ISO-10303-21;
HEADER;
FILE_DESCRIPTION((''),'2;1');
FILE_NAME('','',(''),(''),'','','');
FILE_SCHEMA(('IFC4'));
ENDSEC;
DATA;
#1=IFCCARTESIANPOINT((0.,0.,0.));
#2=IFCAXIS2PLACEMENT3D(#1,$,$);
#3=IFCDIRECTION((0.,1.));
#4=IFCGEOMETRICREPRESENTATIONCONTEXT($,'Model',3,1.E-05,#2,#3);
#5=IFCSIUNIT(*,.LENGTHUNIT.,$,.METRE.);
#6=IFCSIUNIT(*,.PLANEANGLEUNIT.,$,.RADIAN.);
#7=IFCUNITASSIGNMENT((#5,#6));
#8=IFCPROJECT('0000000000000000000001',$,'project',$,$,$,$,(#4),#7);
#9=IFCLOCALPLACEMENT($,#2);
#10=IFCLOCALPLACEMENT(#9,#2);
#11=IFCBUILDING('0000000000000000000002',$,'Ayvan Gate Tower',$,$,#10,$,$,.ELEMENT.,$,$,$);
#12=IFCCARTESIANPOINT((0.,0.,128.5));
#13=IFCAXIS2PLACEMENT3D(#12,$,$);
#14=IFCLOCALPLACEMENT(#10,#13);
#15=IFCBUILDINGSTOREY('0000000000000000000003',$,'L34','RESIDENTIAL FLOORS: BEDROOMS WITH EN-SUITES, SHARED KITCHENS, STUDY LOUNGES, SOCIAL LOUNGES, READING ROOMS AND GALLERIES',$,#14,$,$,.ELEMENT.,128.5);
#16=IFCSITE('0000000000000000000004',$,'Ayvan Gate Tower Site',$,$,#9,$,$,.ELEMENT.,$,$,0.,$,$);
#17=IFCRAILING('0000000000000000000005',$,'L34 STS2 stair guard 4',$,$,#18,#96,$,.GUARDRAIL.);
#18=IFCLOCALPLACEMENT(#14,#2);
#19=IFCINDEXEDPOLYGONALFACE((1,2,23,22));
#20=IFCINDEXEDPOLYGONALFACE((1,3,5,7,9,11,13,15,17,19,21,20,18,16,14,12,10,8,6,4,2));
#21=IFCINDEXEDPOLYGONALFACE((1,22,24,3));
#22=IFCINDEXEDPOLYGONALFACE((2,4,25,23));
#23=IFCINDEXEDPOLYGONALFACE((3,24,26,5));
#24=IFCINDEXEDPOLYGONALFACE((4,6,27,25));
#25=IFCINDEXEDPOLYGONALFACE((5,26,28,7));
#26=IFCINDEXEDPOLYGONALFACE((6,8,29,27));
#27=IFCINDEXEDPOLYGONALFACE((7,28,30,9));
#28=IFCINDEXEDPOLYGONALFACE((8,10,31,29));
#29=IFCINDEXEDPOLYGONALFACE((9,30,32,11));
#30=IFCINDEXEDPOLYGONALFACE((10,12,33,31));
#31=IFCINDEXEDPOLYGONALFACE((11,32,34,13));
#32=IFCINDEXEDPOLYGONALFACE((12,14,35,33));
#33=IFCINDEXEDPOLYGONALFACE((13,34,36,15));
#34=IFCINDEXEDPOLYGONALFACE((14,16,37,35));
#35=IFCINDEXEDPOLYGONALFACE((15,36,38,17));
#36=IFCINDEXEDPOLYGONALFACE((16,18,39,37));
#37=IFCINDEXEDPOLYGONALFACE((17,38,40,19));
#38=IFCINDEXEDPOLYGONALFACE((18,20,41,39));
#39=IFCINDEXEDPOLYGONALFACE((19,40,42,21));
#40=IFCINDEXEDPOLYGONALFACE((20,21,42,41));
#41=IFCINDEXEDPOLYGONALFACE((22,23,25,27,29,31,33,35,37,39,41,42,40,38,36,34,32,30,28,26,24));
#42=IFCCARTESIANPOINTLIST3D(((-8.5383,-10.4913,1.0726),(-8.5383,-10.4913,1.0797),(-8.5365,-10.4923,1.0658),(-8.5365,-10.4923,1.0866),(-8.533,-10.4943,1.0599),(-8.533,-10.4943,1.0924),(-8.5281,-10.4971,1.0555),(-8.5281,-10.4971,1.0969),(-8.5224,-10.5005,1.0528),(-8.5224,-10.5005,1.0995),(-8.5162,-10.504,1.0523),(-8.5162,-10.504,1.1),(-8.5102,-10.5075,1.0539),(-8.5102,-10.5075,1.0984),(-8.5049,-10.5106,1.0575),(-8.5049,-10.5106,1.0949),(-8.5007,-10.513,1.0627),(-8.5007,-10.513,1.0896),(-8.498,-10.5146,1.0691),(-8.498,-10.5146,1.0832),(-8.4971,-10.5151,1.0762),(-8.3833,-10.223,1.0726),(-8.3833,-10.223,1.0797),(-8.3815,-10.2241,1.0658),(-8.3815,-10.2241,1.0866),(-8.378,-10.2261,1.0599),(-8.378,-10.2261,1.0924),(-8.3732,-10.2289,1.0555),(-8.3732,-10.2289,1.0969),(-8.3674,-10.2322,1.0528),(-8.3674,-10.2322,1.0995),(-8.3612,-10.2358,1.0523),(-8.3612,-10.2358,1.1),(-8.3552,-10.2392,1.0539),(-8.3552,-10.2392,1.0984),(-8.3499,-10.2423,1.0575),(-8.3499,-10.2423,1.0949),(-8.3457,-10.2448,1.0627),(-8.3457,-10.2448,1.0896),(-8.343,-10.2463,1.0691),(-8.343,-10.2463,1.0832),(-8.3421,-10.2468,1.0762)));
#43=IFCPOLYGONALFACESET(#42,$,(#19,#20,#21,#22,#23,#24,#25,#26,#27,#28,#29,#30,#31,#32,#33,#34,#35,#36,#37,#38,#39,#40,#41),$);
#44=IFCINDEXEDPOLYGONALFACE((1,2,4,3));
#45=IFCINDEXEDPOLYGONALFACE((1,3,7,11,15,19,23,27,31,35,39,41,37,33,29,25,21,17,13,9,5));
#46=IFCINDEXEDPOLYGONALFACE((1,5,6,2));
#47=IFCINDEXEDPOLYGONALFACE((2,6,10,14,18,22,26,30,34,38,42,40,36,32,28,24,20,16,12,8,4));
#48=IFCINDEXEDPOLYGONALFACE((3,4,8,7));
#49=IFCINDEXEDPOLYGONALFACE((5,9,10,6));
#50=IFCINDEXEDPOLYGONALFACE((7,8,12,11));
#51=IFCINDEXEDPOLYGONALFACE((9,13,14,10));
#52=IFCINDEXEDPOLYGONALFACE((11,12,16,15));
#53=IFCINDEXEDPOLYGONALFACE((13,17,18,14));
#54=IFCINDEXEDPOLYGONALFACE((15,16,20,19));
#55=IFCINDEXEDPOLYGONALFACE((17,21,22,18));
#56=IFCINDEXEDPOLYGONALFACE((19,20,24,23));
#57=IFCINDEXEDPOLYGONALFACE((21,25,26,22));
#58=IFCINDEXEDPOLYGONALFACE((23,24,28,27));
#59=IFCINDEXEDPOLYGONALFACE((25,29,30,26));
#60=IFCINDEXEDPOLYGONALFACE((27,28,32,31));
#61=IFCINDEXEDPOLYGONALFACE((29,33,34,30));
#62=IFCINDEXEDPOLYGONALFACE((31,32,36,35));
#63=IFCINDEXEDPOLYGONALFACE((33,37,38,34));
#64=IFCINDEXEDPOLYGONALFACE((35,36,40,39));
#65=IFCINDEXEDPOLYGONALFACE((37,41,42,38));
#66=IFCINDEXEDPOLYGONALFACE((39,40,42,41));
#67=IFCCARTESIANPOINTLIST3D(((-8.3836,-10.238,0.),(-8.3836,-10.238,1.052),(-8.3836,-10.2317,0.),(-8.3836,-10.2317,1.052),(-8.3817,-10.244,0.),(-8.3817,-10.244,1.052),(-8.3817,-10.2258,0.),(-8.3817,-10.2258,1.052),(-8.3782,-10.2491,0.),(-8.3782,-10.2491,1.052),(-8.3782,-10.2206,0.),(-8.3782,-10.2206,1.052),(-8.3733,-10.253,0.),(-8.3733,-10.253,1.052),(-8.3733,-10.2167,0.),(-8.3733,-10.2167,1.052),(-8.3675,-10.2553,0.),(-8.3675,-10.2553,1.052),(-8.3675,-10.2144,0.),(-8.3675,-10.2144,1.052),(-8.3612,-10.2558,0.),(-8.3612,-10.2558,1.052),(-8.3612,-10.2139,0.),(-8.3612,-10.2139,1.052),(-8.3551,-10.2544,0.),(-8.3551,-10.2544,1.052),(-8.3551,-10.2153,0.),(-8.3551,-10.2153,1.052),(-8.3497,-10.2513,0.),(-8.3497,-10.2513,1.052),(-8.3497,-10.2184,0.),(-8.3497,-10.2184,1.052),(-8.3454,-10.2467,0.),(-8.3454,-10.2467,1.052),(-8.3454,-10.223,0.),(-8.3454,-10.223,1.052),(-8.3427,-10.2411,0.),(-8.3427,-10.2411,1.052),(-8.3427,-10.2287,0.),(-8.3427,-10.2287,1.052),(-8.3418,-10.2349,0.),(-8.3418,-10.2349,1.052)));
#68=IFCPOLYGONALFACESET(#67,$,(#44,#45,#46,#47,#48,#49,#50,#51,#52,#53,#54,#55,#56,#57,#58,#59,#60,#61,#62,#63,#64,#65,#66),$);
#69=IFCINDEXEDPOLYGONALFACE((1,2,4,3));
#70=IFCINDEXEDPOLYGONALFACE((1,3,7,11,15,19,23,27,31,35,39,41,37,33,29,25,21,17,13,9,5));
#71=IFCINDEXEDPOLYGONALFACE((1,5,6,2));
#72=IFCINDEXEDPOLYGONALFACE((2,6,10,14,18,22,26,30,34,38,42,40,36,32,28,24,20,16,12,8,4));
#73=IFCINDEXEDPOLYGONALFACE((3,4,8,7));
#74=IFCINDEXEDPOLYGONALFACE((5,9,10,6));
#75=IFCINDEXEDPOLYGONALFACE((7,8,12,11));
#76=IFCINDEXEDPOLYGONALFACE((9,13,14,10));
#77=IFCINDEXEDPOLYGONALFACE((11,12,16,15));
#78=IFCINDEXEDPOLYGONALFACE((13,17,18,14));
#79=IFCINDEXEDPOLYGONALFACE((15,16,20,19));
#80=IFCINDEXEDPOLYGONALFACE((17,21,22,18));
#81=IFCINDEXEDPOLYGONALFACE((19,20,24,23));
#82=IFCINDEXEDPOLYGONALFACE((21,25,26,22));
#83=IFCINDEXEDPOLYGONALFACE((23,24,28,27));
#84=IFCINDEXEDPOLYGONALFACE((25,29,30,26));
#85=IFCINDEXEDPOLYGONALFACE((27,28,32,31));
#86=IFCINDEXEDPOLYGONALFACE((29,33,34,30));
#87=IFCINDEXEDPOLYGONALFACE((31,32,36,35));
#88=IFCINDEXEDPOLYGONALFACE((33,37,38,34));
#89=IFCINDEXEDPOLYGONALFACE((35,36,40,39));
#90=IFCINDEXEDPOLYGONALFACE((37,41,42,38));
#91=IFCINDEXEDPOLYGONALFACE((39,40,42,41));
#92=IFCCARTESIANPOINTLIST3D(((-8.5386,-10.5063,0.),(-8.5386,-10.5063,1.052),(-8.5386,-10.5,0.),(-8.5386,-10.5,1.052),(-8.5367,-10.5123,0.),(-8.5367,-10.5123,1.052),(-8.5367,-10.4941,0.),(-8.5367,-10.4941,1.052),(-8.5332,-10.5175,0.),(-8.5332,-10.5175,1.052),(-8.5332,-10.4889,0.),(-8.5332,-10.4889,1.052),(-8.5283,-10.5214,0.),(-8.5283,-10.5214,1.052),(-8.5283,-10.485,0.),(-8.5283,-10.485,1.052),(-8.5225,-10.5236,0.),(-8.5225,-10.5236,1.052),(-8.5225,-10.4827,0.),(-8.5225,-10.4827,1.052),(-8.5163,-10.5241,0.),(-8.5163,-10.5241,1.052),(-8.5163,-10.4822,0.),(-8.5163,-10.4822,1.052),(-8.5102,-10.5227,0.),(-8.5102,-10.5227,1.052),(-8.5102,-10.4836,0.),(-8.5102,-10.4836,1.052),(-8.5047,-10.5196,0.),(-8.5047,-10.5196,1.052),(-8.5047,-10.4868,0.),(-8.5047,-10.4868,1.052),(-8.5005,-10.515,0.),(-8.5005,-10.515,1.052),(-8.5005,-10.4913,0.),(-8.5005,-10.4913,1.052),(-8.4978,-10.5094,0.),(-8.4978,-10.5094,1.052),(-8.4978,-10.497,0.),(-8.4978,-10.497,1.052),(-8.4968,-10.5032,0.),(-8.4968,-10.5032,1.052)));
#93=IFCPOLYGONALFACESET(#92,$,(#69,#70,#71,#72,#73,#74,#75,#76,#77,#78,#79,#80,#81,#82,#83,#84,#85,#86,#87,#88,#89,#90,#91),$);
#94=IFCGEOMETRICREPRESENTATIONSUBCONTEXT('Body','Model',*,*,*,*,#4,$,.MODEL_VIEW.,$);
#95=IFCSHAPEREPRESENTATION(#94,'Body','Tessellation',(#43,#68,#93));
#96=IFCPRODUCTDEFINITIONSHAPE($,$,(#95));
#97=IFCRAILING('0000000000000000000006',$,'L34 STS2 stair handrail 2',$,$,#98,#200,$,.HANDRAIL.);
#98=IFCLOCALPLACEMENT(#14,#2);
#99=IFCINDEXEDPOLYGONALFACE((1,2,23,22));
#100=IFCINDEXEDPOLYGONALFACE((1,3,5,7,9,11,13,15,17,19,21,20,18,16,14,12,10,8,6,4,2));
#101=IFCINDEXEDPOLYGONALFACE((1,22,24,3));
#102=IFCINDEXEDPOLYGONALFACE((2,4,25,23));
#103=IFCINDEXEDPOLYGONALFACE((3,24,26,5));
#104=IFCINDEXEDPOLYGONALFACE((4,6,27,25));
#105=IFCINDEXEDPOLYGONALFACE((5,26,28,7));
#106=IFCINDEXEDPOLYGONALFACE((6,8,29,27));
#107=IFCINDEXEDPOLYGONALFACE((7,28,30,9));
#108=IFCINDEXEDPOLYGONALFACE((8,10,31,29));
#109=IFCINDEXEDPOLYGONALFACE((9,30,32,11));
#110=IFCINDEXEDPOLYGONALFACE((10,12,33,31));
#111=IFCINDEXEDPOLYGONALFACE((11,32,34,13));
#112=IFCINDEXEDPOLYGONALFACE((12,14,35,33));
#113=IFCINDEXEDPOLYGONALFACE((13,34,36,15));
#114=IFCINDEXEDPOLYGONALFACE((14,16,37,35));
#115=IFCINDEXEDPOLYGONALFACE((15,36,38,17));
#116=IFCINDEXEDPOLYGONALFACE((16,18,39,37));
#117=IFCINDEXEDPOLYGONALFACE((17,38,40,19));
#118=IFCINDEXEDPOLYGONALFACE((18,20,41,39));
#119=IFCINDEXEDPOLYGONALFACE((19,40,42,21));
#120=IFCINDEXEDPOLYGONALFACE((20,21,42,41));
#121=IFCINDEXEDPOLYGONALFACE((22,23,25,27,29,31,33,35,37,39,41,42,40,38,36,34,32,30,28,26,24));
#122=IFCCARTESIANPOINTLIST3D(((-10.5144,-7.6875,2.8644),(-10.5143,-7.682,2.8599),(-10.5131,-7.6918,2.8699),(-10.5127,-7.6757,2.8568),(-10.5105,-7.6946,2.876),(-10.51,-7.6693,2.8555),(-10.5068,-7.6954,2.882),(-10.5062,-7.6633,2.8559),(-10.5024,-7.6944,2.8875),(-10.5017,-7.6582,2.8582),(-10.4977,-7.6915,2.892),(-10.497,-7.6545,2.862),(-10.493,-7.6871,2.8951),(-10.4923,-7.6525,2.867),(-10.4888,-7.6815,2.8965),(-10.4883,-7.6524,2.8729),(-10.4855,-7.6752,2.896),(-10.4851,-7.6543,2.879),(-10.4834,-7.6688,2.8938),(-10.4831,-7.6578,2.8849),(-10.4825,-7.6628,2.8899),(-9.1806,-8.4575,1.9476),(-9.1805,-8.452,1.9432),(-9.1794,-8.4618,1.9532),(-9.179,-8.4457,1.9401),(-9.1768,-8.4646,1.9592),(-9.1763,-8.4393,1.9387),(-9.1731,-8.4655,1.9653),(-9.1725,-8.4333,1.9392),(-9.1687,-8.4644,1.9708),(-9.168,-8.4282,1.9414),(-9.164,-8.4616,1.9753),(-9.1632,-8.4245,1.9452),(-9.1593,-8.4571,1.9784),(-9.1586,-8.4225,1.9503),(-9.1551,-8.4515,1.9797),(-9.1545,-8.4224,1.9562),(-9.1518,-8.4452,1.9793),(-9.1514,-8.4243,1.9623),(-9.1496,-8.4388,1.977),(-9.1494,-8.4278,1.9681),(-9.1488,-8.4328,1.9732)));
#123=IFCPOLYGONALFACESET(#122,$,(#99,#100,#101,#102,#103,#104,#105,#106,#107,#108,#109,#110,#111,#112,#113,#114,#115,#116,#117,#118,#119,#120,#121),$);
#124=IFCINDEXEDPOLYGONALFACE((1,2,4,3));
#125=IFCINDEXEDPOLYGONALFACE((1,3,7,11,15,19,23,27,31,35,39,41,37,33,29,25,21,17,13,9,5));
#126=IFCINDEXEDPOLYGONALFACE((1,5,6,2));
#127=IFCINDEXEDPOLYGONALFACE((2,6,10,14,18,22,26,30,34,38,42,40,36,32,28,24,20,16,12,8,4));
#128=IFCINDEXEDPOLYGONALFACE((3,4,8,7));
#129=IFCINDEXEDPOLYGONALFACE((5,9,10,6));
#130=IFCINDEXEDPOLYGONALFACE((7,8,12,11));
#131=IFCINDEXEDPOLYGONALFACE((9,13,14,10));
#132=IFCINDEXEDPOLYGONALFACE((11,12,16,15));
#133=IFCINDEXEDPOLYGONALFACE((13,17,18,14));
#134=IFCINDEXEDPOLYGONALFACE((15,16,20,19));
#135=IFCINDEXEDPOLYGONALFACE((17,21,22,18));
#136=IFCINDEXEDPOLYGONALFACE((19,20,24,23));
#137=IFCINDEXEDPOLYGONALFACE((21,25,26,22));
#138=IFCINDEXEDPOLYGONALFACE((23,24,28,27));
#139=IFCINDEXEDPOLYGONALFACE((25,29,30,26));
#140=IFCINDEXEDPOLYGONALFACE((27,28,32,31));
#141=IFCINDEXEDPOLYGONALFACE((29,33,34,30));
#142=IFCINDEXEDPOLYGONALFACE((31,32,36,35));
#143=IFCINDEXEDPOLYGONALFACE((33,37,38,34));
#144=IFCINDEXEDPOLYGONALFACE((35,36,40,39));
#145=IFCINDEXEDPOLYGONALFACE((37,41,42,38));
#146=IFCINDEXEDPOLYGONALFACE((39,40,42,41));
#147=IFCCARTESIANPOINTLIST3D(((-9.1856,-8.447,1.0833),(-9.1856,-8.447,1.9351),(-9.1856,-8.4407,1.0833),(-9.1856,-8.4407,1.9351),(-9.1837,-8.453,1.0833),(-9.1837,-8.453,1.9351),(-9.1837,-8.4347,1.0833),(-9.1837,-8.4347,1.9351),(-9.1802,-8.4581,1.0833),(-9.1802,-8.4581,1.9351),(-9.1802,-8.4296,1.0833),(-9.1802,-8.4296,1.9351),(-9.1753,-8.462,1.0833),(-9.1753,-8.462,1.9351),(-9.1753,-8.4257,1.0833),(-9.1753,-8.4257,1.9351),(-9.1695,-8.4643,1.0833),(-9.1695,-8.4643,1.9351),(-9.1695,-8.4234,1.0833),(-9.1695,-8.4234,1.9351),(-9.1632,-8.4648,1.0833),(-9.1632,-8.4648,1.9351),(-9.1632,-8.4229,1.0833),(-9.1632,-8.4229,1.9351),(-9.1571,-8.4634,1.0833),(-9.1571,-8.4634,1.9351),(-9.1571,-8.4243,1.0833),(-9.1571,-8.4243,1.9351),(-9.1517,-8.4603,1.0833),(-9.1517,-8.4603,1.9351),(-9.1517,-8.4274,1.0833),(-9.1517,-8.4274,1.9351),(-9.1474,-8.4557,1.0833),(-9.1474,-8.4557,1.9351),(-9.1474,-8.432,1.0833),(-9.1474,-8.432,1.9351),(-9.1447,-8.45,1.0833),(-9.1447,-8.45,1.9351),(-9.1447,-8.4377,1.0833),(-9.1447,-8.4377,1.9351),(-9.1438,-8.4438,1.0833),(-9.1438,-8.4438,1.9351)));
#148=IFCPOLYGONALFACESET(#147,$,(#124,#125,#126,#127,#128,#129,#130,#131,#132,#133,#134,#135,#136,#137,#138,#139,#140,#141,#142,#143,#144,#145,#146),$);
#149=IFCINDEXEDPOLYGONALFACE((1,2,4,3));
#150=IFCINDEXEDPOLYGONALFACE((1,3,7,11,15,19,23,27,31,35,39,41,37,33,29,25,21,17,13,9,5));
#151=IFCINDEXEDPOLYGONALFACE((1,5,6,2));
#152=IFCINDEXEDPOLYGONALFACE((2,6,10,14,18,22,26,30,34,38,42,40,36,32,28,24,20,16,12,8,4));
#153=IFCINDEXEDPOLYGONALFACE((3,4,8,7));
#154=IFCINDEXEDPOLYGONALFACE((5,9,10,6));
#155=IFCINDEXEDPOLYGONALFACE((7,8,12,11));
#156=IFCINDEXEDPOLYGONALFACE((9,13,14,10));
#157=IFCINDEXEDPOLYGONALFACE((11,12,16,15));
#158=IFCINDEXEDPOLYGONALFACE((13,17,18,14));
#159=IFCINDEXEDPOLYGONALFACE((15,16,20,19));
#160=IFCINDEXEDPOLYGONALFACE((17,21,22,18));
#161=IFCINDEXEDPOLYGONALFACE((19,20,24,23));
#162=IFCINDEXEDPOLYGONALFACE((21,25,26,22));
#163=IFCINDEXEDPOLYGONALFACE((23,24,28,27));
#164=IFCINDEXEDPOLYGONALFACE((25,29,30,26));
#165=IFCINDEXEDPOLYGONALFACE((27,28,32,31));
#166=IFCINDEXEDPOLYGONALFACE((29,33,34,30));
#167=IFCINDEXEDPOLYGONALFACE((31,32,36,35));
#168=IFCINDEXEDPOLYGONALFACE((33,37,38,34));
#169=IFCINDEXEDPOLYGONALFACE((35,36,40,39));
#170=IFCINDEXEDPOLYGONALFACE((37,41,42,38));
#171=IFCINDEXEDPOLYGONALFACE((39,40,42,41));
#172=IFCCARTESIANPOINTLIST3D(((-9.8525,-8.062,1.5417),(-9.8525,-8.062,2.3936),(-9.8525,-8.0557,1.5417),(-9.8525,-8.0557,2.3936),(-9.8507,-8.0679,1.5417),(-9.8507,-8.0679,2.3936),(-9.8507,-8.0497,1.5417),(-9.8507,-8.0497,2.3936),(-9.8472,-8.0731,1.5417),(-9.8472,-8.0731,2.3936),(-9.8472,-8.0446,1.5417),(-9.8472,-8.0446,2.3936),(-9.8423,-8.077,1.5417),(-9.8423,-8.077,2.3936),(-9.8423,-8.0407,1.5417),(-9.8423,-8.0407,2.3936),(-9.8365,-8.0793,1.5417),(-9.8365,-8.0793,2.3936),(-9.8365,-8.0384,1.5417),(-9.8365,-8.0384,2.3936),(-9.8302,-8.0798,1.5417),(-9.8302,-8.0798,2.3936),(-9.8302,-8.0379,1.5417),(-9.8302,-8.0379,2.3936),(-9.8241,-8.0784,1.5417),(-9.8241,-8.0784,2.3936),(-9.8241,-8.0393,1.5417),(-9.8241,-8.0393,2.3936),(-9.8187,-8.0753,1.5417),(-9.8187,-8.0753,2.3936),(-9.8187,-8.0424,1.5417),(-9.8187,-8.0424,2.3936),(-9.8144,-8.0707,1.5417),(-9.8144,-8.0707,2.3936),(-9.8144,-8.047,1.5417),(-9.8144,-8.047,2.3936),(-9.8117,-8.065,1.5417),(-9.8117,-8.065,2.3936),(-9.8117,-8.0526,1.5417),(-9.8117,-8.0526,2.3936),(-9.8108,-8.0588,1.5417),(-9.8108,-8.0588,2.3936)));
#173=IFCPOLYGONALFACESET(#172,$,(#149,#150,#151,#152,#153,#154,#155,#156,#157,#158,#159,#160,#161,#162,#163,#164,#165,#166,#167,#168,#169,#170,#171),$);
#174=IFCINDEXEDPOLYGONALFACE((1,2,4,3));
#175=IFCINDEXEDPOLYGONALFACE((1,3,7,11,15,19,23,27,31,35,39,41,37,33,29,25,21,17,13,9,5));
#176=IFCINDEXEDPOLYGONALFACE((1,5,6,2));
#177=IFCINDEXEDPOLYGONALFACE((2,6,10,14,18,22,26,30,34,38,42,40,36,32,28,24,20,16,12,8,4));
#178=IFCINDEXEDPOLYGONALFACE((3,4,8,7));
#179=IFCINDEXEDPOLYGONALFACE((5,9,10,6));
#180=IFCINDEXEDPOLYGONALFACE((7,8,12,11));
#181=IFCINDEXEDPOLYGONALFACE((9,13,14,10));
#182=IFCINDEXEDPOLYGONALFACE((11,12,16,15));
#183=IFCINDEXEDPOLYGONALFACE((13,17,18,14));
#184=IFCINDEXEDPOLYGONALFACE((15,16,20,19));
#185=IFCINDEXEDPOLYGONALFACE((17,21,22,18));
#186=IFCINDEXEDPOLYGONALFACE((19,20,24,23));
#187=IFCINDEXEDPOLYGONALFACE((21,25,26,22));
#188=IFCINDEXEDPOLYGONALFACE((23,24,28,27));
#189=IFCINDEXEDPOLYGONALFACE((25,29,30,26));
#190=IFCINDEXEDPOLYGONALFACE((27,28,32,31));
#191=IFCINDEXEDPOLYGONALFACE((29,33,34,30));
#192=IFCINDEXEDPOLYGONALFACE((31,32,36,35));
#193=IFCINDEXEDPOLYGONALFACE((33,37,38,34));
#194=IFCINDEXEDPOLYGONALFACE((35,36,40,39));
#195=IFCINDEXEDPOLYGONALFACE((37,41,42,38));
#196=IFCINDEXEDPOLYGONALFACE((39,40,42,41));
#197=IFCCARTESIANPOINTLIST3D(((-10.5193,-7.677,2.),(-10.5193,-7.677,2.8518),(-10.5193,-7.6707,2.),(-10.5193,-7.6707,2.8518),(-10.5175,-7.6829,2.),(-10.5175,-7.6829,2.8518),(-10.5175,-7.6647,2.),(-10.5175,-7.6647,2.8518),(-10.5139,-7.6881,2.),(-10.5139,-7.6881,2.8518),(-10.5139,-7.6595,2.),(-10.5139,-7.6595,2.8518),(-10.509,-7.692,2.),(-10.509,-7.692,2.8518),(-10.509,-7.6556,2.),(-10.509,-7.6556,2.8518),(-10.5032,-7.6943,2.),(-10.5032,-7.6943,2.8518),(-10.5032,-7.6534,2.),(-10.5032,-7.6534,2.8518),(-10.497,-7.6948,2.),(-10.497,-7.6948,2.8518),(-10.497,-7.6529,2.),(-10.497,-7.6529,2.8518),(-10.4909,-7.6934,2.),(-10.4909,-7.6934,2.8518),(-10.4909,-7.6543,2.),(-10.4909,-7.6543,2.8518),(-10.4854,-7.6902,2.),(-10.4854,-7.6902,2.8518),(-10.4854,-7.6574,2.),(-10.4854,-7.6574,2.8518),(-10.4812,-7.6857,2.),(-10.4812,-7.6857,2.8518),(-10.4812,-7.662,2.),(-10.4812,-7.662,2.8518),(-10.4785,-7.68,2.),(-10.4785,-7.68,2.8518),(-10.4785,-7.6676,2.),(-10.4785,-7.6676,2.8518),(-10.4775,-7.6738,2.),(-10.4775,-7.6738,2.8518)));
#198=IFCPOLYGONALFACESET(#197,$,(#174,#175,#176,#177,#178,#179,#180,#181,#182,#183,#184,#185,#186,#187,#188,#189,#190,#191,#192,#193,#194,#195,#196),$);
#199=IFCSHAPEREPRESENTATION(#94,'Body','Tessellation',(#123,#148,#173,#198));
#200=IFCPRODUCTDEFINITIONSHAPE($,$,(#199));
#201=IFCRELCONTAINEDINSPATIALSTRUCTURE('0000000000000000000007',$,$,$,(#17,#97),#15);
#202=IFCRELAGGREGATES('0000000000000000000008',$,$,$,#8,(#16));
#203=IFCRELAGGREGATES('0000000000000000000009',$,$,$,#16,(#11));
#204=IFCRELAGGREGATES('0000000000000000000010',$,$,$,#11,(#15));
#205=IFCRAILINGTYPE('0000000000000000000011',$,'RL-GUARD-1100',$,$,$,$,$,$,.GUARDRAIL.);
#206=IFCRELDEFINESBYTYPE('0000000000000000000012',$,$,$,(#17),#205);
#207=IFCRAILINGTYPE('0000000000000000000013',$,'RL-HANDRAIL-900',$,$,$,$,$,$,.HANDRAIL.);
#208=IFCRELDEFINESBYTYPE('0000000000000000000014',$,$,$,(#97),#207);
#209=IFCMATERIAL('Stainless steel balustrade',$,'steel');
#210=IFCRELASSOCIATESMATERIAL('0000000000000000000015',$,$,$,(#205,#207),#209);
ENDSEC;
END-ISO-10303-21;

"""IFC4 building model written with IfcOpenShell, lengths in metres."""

from ifc_helpers import new_model, si_unit, direction, frame, origin, origin_2d, place, context, subcontext, project, spatial, circle, extrude, material, type_object, element, save


model = new_model("IFC4")

# Units and contexts
model_context = context("Model", 3, precision=1e-05, world=origin(), true_north=direction((0.0, 1.0)))
body_context = subcontext(model_context, "Body", "Model", "MODEL_VIEW")
ifc_project = project(units=[si_unit("LENGTHUNIT", "METRE"), si_unit("PLANEANGLEUNIT", "RADIAN")], contexts=[model_context])

# Site, building, storey
site_placement = place(None, origin())
site = spatial("IfcSite", under=ifc_project, at=site_placement, Name="Ayvan Gate Tower Site", CompositionType="ELEMENT", RefElevation=0.0)
building_placement = place(site_placement, origin())
building = spatial("IfcBuilding", under=site, at=building_placement, Name="Ayvan Gate Tower", CompositionType="ELEMENT")
storey_placement = place(building_placement, frame((0.0, 0.0, 128.5)))
storey = spatial("IfcBuildingStorey", under=building, at=storey_placement, Name="L34", Description="RESIDENTIAL FLOORS: BEDROOMS WITH EN-SUITES, SHARED KITCHENS, STUDY LOUNGES, SOCIAL LOUNGES, READING ROOMS AND GALLERIES", CompositionType="ELEMENT", Elevation=128.5)

# Railings
ifc_material_1 = material(Name="Stainless steel balustrade", Category="steel")
railing_type_1 = type_object("IfcRailingType", Name="RL-GUARD-1100", PredefinedType="GUARDRAIL", material=ifc_material_1)
railing_1_placement = place(storey_placement, frame((-8.3628, -10.2349, 0.0)))
element("IfcRailing", 1, at=railing_1_placement, inside=storey, type_object=railing_type_1, Name="L34 STS2 stair guard 4", PredefinedType="GUARDRAIL", context=body_context, shape_type="SweptSolid", body=[
    extrude(circle(Radius=0.0239, at=origin_2d()), frame((0.0, 0.0, 1.0762), z_axis=(-0.500291, -0.865857, 0.0), x_axis=(0.865857, -0.500291, 0.0)), (0.0, 0.0, 1.0), 0.3098),
    extrude(circle(Radius=0.021, at=origin_2d()), origin(), (0.0, 0.0, 1.0), 1.052),
    extrude(circle(Radius=0.021, at=origin_2d()), frame((-0.155, -0.2683, 0.0)), (0.0, 0.0, 1.0), 1.052),
])
railing_type_2 = type_object("IfcRailingType", Name="RL-HANDRAIL-900", PredefinedType="HANDRAIL", material=ifc_material_1)
railing_2_placement = place(storey_placement, frame((-9.1648, -8.4438, 1.0833)))
element("IfcRailing", 2, at=railing_2_placement, inside=storey, type_object=railing_type_2, Name="L34 STS2 stair handrail 2", PredefinedType="HANDRAIL", context=body_context, shape_type="SweptSolid", body=[
    extrude(circle(Radius=0.0239, at=origin_2d()), frame((0.0, 0.0, 0.876), z_axis=(-0.744164, 0.429634, 0.511502), x_axis=(-0.499992, -0.86603, 0.0)), (0.0, 0.0, 1.0), 1.7922),
    extrude(circle(Radius=0.021, at=origin_2d()), origin(), (0.0, 0.0, 1.0), 0.8518),
    extrude(circle(Radius=0.021, at=origin_2d()), frame((-0.667, 0.385, 0.4585)), (0.0, 0.0, 1.0), 0.8518),
    extrude(circle(Radius=0.021, at=origin_2d()), frame((-1.3337, 0.77, 0.9167)), (0.0, 0.0, 1.0), 0.8518),
])

save(model, "model.ifc")
